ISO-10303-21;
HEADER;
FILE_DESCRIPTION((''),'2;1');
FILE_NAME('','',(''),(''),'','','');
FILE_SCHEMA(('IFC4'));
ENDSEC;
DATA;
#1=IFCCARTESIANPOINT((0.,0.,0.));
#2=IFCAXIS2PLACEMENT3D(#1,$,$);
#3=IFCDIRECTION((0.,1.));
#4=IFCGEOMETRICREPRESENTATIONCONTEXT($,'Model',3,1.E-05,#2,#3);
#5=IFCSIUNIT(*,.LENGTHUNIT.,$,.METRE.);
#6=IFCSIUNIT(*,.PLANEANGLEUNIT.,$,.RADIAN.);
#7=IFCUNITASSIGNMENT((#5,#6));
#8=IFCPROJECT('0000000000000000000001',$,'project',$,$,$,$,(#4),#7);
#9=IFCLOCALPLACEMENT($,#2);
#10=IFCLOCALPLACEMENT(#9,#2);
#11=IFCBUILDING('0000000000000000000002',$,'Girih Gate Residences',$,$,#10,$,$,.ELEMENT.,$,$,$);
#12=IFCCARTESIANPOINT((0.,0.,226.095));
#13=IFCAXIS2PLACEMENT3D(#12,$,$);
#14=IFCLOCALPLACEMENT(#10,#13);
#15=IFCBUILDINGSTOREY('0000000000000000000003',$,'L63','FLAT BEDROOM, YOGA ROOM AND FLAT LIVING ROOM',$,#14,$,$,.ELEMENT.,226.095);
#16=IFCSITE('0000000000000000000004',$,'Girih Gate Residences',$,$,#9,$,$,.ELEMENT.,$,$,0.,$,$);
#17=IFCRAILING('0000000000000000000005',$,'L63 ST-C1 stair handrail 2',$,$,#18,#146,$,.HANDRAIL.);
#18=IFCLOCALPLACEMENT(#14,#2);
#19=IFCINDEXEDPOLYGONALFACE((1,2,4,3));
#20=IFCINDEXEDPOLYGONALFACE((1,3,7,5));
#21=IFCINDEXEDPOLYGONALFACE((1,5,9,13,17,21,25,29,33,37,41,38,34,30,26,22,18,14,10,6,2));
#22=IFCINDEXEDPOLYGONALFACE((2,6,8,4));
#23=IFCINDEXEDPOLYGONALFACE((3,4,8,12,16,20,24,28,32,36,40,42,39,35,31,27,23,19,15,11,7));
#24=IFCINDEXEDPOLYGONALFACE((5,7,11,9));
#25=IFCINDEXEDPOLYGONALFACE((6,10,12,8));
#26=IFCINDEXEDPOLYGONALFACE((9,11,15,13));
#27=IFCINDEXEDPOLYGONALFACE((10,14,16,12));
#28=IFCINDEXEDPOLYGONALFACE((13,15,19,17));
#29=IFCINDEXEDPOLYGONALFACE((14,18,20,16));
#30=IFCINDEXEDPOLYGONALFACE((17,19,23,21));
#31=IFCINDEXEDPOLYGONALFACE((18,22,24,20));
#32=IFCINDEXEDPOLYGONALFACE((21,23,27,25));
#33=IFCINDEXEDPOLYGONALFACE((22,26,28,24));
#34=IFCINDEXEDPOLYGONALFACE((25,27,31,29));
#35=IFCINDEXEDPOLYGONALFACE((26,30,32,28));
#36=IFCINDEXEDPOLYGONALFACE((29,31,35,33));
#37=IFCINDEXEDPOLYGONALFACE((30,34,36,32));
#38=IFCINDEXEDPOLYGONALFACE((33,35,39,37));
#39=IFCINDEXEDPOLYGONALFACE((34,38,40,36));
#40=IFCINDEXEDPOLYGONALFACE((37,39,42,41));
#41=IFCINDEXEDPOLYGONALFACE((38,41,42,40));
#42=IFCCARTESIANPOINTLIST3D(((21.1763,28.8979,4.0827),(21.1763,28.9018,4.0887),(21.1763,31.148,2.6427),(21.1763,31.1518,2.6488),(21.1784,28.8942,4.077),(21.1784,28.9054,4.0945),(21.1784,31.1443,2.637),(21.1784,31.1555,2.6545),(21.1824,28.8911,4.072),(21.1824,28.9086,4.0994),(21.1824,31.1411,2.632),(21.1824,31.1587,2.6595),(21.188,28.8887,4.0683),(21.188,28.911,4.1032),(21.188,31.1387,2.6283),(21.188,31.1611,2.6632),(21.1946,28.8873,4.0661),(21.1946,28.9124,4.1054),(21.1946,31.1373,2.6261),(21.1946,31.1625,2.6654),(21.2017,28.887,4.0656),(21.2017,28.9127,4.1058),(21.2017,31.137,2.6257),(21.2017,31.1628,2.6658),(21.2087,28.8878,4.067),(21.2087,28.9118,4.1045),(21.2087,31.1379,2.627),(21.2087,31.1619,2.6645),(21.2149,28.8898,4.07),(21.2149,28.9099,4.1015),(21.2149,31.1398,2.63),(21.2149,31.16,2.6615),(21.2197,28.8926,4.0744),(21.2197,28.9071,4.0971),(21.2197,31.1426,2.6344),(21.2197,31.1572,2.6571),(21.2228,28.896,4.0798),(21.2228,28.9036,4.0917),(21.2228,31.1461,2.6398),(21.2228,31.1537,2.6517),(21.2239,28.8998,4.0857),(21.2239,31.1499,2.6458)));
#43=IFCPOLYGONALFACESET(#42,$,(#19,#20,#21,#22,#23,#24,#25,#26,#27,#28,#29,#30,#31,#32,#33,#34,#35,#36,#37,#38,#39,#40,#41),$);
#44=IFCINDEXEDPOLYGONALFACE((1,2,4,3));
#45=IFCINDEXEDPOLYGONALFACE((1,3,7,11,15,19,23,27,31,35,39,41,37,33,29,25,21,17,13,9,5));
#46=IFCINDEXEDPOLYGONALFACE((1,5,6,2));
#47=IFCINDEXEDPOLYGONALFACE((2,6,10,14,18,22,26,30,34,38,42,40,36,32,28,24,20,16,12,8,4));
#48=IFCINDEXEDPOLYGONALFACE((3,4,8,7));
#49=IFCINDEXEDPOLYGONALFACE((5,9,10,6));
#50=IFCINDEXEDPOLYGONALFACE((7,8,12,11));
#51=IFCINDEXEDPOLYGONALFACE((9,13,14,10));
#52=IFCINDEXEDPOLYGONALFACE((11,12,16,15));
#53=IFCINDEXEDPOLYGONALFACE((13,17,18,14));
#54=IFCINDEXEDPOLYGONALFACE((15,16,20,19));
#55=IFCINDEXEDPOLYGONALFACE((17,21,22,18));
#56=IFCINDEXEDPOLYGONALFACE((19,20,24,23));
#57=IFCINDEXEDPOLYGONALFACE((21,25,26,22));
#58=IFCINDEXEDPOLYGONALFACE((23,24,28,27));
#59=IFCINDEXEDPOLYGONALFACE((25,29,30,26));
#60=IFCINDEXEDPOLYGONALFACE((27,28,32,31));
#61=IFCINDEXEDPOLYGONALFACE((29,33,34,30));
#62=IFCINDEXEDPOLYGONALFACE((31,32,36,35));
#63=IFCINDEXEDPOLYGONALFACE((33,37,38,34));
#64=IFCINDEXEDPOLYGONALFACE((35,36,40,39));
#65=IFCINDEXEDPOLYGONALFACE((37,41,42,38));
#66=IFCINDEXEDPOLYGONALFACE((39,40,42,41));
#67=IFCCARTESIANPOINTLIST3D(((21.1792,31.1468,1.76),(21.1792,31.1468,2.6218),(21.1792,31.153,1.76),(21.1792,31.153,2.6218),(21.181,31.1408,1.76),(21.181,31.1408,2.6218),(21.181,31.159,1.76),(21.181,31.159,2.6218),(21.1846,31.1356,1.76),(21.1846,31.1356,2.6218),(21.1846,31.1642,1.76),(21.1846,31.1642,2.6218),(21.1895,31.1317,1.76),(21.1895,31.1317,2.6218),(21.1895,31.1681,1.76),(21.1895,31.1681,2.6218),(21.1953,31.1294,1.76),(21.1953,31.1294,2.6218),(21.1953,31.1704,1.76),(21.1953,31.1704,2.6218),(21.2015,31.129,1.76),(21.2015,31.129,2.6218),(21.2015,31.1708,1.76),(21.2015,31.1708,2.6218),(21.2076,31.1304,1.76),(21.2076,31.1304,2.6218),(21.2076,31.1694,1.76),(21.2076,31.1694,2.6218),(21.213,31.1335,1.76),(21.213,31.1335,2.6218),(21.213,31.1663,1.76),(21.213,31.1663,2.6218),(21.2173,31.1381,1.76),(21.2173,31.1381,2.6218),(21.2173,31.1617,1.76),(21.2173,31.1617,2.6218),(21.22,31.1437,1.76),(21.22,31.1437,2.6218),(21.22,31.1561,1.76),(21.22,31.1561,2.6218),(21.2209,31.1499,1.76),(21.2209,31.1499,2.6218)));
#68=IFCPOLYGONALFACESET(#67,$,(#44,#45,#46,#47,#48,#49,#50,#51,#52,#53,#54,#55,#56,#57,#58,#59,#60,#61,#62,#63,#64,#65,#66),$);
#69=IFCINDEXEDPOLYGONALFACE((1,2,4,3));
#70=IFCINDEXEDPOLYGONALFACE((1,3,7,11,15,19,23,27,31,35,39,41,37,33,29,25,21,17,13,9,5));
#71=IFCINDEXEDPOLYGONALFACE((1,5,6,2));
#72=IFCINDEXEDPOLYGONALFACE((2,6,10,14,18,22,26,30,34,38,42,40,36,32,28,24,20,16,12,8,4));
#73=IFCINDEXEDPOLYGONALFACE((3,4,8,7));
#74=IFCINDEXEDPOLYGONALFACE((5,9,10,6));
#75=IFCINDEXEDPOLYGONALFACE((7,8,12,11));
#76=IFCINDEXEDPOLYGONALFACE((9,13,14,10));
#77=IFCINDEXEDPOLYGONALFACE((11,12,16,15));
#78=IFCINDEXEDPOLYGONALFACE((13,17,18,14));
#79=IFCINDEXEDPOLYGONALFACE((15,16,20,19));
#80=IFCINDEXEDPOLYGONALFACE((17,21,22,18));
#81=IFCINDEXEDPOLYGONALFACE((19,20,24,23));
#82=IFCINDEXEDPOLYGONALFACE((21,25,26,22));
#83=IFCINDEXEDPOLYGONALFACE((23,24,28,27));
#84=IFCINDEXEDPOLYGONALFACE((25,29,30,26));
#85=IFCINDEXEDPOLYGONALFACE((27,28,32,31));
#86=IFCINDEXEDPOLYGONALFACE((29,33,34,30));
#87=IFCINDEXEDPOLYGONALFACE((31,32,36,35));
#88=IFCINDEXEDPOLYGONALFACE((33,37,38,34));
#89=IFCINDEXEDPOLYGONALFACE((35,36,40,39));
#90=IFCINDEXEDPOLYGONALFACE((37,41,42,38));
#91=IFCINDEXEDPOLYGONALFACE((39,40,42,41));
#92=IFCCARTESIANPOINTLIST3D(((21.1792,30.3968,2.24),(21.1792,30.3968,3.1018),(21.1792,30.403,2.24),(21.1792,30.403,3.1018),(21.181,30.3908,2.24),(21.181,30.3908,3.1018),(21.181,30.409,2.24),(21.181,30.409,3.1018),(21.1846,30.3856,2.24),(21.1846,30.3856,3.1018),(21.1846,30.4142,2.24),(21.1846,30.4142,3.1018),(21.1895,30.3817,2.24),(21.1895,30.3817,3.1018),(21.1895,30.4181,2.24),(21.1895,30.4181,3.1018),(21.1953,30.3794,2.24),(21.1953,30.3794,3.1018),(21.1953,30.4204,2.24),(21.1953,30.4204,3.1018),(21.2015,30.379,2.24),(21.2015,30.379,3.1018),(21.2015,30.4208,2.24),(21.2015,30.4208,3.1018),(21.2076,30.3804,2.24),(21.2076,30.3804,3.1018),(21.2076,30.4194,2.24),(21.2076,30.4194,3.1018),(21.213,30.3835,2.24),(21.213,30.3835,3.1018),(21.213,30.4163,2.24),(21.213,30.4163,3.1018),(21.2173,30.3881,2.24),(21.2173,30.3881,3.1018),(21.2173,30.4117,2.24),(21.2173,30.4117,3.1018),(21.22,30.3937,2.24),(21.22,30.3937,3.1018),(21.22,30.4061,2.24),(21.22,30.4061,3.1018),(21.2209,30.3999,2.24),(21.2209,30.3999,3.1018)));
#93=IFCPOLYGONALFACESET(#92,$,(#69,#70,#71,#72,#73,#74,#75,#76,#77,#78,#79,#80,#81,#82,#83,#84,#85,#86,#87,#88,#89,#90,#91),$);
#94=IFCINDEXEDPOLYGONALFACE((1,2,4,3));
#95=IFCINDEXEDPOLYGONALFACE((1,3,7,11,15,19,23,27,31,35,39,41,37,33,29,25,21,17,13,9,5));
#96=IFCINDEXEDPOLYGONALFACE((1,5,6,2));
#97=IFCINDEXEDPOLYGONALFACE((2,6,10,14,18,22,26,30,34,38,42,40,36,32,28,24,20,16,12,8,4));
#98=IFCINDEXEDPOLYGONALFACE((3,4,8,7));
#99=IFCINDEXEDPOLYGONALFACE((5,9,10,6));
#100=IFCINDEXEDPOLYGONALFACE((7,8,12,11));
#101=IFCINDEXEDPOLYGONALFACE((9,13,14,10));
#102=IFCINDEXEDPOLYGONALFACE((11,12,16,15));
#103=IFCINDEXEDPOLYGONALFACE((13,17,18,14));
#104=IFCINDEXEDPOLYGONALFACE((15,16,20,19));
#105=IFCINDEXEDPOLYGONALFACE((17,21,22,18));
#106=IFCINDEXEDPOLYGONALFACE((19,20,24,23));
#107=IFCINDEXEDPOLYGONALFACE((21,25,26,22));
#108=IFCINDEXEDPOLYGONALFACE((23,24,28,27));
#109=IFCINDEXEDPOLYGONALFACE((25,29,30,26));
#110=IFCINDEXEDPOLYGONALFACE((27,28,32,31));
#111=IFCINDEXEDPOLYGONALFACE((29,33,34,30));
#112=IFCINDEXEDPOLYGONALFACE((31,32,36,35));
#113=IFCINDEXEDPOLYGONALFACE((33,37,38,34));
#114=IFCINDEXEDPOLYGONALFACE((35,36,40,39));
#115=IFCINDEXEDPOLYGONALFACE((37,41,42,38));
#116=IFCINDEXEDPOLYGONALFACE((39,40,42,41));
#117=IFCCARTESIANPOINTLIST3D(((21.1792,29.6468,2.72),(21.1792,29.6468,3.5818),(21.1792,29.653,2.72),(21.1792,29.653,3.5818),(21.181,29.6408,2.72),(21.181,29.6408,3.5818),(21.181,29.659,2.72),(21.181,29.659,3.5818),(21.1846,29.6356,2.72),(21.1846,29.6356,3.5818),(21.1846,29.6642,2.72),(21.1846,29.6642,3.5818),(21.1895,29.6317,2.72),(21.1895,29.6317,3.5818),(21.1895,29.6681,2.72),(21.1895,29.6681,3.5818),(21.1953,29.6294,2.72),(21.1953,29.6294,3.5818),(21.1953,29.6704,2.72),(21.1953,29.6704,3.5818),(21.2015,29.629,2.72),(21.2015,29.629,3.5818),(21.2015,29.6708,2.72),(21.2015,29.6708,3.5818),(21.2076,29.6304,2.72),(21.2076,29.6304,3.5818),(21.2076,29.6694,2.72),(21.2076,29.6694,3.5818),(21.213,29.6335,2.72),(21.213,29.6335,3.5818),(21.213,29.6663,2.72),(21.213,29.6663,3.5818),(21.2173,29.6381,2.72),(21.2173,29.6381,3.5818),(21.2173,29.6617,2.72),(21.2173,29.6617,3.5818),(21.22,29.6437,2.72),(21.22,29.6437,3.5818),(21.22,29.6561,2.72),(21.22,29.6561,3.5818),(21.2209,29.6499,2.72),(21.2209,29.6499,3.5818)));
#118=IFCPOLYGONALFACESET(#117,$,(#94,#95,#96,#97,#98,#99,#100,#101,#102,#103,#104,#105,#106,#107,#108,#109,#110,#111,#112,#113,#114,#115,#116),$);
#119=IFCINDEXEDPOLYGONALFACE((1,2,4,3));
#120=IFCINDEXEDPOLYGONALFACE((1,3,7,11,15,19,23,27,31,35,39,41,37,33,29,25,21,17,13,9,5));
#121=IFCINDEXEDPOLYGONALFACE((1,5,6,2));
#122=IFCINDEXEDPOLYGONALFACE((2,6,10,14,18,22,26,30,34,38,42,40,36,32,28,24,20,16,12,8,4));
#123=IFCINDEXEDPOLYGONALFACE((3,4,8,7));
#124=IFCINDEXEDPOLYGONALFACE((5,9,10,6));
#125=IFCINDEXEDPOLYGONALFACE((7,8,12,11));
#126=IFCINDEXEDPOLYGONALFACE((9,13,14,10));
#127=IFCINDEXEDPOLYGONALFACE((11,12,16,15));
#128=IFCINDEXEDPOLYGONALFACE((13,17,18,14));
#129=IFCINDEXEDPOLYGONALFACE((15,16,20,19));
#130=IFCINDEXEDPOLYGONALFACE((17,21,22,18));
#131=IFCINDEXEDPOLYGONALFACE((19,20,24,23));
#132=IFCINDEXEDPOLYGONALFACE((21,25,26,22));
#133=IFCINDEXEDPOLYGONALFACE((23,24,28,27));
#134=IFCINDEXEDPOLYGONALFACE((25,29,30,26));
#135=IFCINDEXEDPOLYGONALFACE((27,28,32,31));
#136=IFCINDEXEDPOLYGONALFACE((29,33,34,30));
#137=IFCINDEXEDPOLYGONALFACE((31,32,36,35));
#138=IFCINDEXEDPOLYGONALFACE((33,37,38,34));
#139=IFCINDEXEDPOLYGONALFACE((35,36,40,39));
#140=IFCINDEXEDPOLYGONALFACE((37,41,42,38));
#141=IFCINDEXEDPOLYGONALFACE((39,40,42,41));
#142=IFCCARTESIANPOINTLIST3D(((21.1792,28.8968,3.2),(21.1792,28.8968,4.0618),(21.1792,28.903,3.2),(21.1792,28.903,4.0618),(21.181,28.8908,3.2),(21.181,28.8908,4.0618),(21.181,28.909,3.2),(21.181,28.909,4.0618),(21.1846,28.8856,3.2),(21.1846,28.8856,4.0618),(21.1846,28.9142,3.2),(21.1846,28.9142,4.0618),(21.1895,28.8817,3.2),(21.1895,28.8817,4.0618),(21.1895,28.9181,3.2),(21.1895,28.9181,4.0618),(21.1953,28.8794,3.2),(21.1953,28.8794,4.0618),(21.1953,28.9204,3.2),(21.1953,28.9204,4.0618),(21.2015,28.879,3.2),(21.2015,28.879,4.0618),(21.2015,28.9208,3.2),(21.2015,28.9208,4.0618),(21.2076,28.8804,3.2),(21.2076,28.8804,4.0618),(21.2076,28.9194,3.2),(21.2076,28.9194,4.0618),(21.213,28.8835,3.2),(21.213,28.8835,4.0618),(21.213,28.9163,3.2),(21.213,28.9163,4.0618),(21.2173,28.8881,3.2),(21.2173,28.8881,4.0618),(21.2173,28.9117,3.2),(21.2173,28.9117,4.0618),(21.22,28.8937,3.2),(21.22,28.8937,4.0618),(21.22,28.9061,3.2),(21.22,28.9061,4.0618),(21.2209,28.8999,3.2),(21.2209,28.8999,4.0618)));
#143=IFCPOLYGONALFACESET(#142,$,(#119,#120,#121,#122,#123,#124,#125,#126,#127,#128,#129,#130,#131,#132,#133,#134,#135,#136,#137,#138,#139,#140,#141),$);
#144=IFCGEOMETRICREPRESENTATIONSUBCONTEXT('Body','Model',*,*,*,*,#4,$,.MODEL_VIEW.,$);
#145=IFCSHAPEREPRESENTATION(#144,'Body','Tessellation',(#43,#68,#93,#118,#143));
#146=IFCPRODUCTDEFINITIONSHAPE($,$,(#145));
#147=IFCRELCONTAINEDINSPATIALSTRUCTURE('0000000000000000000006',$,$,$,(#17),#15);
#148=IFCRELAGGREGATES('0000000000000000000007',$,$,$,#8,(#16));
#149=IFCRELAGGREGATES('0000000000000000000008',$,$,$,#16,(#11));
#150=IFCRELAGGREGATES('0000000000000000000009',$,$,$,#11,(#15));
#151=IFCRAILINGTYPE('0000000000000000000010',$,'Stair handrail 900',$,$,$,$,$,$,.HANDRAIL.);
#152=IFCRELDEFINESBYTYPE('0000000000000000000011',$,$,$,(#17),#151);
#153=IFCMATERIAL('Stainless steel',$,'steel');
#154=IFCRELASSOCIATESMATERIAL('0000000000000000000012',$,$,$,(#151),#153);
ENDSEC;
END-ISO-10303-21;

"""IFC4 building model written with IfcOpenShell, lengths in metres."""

from ifc_helpers import new_model, si_unit, direction, frame, origin, origin_2d, place, context, subcontext, project, spatial, circle, extrude, material, type_object, element, save


model = new_model("IFC4")

# Units and contexts
model_context = context("Model", 3, precision=1e-05, world=origin(), true_north=direction((0.0, 1.0)))
body_context = subcontext(model_context, "Body", "Model", "MODEL_VIEW")
ifc_project = project(units=[si_unit("LENGTHUNIT", "METRE"), si_unit("PLANEANGLEUNIT", "RADIAN")], contexts=[model_context])

# Site, building, storey
site_placement = place(None, origin())
site = spatial("IfcSite", under=ifc_project, at=site_placement, Name="Girih Gate Residences", CompositionType="ELEMENT", RefElevation=0.0)
building_placement = place(site_placement, origin())
building = spatial("IfcBuilding", under=site, at=building_placement, Name="Girih Gate Residences", CompositionType="ELEMENT")
storey_placement = place(building_placement, frame((0.0, 0.0, 226.095)))
storey = spatial("IfcBuildingStorey", under=building, at=storey_placement, Name="L63", Description="FLAT BEDROOM, YOGA ROOM AND FLAT LIVING ROOM", CompositionType="ELEMENT", Elevation=226.095)

# Railing
ifc_material_1 = material(Name="Stainless steel", Category="steel")
railing_type_1 = type_object("IfcRailingType", Name="Stair handrail 900", PredefinedType="HANDRAIL", material=ifc_material_1)
railing_1_placement = place(storey_placement, frame((21.2, 31.1499, 1.76)))
element("IfcRailing", 1, at=railing_1_placement, inside=storey, type_object=railing_type_1, Name="L63 ST-C1 stair handrail 2", PredefinedType="HANDRAIL", context=body_context, shape_type="SweptSolid", body=[
    extrude(circle(Radius=0.0239, at=origin_2d()), frame((0.0, 0.0, 0.8857), z_axis=(0.0, -0.842281, 0.539038), x_axis=(1.0, 0.0, 0.0)), (0.0, 0.0, 1.0), 2.6714),
    extrude(circle(Radius=0.021, at=origin_2d()), origin(), (0.0, 0.0, 1.0), 0.8618),
    extrude(circle(Radius=0.021, at=origin_2d()), frame((0.0, -0.75, 0.48)), (0.0, 0.0, 1.0), 0.8618),
    extrude(circle(Radius=0.021, at=origin_2d()), frame((0.0, -1.5, 0.96)), (0.0, 0.0, 1.0), 0.8618),
    extrude(circle(Radius=0.021, at=origin_2d()), frame((0.0, -2.25, 1.4399)), (0.0, 0.0, 1.0), 0.8618),
])

save(model, "model.ifc")
